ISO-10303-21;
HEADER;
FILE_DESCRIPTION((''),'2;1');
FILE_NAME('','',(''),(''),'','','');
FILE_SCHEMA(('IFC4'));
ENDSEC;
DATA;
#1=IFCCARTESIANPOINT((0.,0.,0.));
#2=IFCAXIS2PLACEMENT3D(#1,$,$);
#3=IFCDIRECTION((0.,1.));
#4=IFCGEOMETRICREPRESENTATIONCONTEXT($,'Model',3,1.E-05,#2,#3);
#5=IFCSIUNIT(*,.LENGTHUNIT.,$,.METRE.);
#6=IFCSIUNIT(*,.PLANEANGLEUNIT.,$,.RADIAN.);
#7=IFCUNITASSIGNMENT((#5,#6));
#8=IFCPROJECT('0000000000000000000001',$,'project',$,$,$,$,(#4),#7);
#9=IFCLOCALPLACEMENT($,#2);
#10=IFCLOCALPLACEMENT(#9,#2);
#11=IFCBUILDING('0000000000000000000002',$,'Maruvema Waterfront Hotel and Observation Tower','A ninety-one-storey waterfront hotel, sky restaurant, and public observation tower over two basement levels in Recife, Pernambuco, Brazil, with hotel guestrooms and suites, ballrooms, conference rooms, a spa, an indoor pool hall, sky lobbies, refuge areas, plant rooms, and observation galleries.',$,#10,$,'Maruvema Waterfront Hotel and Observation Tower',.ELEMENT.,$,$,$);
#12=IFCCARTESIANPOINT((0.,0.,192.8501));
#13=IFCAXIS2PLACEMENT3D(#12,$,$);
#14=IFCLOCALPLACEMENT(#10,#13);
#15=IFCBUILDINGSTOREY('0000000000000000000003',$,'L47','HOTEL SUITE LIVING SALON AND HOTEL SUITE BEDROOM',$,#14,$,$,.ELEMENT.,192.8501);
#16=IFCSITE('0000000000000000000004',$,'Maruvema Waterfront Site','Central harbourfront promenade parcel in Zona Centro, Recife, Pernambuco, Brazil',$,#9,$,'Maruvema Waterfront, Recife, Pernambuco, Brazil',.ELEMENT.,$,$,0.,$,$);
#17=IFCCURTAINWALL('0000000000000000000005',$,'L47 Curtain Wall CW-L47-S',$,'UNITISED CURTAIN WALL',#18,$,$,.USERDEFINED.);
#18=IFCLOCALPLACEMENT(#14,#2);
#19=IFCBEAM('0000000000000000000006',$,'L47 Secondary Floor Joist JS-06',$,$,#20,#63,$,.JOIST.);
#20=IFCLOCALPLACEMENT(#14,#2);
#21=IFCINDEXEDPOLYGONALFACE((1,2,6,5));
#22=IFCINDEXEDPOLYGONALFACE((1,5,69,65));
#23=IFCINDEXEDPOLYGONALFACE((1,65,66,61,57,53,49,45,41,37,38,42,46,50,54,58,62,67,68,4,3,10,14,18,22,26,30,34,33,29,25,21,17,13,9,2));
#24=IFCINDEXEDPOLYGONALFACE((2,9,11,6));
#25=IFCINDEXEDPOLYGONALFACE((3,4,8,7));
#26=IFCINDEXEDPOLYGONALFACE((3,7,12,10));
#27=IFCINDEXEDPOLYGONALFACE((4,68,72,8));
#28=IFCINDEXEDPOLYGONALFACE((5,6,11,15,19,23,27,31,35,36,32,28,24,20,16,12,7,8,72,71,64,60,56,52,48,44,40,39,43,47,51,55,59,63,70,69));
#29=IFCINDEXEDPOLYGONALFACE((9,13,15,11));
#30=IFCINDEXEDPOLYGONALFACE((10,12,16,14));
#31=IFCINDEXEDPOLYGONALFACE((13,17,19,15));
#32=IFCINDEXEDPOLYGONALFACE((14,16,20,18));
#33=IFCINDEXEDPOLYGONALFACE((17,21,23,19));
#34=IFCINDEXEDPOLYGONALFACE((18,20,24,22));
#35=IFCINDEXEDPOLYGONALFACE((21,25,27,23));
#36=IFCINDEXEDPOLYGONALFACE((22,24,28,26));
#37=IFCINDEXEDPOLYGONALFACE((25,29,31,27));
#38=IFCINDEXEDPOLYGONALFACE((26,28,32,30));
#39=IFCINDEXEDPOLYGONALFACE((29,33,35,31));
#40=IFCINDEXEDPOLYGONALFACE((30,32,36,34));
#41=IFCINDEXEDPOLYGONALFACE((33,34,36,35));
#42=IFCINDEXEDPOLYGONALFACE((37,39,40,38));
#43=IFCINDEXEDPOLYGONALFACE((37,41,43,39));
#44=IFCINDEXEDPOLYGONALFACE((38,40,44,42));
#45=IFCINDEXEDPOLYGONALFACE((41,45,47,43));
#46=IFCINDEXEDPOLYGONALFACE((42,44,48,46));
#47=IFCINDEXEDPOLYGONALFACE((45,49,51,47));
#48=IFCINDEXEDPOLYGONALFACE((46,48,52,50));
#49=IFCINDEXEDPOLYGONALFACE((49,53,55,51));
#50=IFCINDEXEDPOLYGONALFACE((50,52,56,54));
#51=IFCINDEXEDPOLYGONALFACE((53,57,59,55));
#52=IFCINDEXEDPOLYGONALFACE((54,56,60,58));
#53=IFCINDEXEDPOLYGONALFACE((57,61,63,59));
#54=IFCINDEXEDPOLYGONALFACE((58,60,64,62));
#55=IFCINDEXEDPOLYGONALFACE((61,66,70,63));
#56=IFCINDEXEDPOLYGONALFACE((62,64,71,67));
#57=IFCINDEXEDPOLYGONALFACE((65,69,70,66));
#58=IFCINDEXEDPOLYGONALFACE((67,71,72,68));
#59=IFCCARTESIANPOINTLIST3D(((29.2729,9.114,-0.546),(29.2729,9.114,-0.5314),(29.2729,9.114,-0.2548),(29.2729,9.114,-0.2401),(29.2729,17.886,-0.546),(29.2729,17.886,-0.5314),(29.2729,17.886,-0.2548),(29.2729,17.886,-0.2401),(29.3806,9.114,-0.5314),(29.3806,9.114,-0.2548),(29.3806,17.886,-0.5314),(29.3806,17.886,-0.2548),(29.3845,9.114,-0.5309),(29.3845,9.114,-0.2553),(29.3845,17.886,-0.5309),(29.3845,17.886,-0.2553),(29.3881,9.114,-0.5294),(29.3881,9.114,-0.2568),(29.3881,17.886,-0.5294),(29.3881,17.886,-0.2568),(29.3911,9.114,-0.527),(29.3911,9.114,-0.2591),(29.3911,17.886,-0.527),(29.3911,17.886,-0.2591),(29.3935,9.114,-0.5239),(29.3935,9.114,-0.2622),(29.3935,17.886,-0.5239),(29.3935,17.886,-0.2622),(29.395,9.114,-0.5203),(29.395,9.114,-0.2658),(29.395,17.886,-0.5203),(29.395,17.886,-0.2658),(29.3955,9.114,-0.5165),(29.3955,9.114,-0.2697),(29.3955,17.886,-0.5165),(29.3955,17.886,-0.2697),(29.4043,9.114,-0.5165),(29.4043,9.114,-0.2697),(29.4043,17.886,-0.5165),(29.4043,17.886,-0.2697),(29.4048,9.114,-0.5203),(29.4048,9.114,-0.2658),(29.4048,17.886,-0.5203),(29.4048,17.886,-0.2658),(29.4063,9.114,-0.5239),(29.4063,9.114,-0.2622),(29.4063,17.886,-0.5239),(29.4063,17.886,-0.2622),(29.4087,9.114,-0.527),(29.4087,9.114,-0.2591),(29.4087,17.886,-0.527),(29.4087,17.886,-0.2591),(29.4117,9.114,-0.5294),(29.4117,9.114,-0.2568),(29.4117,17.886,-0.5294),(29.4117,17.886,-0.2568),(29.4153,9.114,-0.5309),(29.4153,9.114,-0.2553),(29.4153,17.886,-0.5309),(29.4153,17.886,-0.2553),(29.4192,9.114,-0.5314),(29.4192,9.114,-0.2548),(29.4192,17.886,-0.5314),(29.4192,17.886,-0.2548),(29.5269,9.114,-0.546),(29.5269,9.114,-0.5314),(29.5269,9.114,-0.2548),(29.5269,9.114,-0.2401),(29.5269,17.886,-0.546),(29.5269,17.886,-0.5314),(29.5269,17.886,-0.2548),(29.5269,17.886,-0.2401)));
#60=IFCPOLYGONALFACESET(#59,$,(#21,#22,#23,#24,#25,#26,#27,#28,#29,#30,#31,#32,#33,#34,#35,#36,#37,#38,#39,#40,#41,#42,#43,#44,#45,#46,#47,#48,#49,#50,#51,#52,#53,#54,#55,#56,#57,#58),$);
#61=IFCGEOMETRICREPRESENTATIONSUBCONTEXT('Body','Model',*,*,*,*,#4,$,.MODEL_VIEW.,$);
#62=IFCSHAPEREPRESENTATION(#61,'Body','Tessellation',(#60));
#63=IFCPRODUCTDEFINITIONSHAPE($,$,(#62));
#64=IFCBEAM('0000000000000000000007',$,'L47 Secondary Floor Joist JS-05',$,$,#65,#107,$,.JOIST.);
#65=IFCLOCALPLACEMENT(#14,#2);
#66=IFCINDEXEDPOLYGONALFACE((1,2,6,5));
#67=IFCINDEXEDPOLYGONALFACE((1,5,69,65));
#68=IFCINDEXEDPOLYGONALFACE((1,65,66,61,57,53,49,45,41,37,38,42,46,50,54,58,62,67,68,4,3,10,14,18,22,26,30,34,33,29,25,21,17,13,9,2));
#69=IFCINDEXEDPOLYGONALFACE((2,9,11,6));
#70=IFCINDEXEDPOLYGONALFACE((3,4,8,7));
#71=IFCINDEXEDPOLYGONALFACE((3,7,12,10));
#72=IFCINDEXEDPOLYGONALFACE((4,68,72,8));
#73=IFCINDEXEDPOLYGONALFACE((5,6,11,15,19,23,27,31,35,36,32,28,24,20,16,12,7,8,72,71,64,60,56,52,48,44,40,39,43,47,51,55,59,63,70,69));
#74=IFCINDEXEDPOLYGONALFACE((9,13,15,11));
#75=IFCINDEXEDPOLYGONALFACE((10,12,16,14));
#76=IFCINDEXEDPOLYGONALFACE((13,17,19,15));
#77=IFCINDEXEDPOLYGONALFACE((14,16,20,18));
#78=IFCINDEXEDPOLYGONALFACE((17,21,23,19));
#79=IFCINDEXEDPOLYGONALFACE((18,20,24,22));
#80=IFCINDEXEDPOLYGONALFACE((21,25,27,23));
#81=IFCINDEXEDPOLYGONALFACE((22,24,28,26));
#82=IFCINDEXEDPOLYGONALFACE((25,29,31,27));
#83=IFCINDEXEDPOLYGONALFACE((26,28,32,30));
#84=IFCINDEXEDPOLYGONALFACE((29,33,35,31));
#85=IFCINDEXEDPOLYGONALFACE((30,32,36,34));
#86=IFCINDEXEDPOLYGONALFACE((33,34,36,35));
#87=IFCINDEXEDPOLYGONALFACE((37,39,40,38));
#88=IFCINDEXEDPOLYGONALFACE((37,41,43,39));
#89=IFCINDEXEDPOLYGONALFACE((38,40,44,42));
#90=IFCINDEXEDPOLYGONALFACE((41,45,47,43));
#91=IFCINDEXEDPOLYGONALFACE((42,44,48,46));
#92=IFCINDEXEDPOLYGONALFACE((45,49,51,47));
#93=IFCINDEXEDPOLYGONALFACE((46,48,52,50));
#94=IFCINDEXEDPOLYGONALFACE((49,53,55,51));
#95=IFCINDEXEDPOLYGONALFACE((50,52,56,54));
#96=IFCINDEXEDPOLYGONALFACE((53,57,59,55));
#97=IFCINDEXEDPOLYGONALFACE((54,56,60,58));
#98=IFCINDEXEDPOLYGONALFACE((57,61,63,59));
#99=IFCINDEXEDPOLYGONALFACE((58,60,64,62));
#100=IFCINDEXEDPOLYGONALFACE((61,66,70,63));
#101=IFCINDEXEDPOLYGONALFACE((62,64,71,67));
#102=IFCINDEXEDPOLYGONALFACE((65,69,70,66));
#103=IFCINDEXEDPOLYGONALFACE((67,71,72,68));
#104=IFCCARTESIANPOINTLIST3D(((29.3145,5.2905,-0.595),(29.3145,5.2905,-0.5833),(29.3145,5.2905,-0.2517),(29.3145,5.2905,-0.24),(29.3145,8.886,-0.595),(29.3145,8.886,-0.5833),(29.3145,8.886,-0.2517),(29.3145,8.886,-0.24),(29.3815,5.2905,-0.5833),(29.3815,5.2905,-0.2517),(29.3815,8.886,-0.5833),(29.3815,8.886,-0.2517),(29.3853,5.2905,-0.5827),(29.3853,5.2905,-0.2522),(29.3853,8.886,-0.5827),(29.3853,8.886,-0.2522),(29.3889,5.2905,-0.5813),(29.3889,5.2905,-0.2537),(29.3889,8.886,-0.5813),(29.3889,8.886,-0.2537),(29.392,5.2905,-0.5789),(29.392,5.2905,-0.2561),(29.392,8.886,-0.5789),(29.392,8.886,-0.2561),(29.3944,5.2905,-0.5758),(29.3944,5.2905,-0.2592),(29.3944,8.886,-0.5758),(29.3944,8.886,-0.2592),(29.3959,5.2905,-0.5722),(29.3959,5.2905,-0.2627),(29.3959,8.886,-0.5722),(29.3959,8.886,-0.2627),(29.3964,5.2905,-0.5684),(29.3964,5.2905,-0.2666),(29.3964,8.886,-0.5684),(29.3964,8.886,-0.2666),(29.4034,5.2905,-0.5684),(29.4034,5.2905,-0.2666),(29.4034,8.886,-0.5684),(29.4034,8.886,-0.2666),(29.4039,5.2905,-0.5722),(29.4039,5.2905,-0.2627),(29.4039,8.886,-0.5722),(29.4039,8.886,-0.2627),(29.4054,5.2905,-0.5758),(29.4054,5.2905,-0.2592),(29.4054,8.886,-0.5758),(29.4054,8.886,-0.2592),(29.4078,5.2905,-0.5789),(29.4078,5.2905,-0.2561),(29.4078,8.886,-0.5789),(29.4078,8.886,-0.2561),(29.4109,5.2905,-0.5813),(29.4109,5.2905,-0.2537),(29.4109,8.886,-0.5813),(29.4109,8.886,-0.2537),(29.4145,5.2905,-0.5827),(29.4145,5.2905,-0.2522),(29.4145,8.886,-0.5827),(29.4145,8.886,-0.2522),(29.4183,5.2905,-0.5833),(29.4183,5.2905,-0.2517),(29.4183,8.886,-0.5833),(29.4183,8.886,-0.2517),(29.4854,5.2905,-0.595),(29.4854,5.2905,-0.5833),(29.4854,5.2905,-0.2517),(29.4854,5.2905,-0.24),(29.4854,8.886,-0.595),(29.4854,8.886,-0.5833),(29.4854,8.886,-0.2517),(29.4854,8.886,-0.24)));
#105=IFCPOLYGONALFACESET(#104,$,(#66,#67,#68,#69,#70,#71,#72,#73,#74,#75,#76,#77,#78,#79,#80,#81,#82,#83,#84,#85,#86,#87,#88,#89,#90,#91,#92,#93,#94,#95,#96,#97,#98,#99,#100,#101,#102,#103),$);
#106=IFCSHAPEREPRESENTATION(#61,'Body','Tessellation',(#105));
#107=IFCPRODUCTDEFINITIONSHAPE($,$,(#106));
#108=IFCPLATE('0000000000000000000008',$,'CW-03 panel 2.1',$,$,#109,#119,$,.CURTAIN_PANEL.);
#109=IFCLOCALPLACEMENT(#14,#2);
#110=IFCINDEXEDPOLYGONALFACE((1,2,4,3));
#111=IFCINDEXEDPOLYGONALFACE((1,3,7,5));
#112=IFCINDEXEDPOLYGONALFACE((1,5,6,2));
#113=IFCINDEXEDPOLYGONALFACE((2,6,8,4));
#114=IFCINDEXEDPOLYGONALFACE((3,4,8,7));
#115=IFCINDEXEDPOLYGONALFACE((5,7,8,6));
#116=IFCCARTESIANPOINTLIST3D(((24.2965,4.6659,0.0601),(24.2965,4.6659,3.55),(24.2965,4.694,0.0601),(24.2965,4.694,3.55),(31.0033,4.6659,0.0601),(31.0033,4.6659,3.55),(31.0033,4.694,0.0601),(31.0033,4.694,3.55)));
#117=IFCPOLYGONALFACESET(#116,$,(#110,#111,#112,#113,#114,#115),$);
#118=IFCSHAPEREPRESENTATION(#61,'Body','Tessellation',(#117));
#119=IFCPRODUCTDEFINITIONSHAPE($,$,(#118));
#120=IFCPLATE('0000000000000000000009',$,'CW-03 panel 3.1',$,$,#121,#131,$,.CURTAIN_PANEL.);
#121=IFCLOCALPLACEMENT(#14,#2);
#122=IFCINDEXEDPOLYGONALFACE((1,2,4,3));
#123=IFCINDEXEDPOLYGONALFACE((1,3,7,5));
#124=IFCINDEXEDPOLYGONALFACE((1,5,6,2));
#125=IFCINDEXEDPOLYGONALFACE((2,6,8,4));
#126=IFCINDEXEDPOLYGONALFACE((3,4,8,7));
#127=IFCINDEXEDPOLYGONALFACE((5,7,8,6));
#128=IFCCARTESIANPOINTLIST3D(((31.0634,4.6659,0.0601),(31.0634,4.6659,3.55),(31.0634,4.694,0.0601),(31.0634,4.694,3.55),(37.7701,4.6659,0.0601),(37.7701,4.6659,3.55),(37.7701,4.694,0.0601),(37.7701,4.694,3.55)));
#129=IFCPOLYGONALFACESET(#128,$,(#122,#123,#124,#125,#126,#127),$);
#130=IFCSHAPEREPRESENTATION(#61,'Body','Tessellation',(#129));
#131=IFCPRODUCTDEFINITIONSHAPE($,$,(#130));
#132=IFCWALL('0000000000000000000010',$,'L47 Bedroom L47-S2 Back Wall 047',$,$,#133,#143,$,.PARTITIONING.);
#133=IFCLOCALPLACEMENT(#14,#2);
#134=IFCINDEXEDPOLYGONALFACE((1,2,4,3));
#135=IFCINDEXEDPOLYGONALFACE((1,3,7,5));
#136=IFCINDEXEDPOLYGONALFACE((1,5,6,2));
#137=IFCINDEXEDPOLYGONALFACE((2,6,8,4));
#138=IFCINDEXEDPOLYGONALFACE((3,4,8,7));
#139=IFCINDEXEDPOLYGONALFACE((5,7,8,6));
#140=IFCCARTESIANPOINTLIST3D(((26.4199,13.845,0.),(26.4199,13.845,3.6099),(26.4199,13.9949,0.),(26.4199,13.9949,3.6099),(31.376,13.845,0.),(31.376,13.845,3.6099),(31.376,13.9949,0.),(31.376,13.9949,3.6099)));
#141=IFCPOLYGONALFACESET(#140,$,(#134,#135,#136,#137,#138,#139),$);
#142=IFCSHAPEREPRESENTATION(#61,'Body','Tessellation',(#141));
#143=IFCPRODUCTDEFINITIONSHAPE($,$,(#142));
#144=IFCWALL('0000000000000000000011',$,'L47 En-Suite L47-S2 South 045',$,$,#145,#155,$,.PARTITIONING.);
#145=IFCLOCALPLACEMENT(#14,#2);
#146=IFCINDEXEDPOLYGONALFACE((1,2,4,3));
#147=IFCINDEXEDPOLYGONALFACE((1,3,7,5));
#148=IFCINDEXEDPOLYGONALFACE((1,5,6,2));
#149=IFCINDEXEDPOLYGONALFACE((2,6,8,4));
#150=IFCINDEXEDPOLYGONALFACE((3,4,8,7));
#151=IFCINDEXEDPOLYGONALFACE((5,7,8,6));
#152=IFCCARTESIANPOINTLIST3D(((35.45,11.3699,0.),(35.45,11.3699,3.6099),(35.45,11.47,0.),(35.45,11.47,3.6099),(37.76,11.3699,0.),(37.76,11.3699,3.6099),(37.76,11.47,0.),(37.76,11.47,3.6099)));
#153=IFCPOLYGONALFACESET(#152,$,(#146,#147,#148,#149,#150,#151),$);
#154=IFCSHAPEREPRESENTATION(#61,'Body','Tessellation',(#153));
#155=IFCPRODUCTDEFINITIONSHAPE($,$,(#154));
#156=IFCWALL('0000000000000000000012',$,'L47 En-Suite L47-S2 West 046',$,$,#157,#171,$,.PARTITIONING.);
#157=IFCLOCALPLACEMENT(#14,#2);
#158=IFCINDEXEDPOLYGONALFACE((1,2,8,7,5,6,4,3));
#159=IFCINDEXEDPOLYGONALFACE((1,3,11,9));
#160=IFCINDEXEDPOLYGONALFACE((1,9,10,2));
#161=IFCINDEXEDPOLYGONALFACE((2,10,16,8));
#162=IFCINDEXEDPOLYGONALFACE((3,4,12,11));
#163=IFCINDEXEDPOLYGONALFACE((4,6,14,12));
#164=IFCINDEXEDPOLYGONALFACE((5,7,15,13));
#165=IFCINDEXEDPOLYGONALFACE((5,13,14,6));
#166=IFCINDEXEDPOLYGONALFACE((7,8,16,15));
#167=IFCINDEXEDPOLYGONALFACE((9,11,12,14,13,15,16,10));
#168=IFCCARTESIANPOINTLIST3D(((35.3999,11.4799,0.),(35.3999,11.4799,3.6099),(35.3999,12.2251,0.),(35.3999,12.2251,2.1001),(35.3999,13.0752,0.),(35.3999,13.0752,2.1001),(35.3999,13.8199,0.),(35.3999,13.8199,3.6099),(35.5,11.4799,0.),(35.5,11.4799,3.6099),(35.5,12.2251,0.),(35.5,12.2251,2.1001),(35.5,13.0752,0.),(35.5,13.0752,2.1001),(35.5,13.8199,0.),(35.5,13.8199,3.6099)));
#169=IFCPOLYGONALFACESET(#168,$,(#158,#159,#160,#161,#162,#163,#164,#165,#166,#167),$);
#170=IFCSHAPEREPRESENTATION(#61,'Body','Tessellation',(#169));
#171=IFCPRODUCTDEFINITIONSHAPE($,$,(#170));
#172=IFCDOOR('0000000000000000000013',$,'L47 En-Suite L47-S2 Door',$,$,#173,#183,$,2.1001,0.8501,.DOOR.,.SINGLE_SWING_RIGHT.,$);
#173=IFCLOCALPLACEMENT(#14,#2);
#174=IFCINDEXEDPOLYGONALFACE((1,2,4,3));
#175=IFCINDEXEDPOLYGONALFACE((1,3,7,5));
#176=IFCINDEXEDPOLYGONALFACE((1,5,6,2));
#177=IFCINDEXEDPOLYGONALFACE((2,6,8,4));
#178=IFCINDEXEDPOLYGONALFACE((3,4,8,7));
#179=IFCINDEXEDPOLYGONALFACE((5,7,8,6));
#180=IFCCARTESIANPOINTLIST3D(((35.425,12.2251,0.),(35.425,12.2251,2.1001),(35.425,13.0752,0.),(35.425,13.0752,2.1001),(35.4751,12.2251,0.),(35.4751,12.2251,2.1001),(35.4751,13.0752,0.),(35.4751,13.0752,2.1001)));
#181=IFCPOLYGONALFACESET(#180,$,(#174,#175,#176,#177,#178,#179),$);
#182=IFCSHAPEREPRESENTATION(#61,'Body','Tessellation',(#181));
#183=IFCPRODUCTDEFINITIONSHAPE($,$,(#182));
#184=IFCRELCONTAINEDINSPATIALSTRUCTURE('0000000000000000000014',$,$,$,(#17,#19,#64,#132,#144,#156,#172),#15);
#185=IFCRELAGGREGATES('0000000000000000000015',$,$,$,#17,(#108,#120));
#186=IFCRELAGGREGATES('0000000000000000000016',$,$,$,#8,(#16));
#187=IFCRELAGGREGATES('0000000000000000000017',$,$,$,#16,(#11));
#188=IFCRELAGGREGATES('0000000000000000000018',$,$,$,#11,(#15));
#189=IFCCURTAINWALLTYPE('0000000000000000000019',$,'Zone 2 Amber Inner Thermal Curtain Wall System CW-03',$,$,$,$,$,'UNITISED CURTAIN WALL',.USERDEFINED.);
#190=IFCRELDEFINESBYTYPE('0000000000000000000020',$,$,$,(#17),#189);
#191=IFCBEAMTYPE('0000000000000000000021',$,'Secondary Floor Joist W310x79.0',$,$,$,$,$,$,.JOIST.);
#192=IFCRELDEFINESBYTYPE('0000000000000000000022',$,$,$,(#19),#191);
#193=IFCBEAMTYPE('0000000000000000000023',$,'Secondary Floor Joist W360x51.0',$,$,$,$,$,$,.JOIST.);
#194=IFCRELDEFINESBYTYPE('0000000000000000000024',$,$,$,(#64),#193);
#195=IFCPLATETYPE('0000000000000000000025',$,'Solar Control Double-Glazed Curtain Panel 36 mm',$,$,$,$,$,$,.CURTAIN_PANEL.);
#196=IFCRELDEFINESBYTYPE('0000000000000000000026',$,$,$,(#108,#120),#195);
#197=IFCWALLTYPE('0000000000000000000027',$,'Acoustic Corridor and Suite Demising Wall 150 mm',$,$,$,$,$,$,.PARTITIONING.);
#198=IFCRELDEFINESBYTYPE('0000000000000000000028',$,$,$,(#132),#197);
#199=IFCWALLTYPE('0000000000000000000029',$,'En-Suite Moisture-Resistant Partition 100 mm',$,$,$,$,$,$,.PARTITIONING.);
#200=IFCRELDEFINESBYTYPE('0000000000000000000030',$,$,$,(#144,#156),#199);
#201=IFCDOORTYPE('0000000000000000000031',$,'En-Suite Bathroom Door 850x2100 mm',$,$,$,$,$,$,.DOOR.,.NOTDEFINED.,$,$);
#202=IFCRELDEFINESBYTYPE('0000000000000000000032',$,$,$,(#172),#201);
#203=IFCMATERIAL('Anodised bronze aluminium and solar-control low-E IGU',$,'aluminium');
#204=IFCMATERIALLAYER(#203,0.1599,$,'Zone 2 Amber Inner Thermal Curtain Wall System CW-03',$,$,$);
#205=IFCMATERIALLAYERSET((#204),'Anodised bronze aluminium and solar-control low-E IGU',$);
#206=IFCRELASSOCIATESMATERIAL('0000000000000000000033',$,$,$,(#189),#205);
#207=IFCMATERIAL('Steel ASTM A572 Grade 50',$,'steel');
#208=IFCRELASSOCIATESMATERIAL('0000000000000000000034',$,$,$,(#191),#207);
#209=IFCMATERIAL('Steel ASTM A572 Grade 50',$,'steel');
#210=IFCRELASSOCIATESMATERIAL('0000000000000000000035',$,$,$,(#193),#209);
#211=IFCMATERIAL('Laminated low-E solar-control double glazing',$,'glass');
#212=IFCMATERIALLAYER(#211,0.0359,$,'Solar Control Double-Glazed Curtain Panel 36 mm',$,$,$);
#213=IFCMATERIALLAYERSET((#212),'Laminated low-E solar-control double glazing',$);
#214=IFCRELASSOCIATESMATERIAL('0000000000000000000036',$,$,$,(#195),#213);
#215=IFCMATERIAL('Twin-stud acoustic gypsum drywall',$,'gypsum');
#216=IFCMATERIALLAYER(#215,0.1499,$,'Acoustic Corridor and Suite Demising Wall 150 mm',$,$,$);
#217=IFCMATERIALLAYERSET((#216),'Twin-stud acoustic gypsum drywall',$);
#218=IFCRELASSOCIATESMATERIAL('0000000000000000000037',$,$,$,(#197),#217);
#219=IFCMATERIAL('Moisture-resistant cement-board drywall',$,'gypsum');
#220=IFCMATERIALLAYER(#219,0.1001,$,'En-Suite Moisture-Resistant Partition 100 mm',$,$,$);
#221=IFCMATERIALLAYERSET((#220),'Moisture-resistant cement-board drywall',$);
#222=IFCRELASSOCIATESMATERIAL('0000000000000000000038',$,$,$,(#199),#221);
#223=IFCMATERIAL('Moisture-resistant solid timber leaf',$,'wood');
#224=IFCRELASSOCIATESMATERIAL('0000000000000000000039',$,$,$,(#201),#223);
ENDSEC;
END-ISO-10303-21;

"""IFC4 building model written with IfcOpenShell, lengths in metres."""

from ifc_helpers import new_model, si_unit, direction, frame, frame_2d, origin, origin_2d, place, context, subcontext, project, spatial, rectangle, i_section, extrude, material, layer, layer_set, material_profile, profile_set, type_object, element, fill, aggregate, save


model = new_model("IFC4")

# Units and contexts
model_context = context("Model", 3, precision=1e-05, world=origin(), true_north=direction((0.0, 1.0)))
body_context = subcontext(model_context, "Body", "Model", "MODEL_VIEW")
ifc_project = project(units=[si_unit("LENGTHUNIT", "METRE"), si_unit("PLANEANGLEUNIT", "RADIAN")], contexts=[model_context])

# Site, building, storey
site_placement = place(None, origin())
site = spatial("IfcSite", under=ifc_project, at=site_placement, Name="Maruvema Waterfront Site", Description="Central harbourfront promenade parcel in Zona Centro, Recife, Pernambuco, Brazil", LongName="Maruvema Waterfront, Recife, Pernambuco, Brazil", CompositionType="ELEMENT", RefElevation=0.0)
building_placement = place(site_placement, origin())
building = spatial("IfcBuilding", under=site, at=building_placement, Name="Maruvema Waterfront Hotel and Observation Tower", Description="A ninety-one-storey waterfront hotel, sky restaurant, and public observation tower over two basement levels in Recife, Pernambuco, Brazil, with hotel guestrooms and suites, ballrooms, conference rooms, a spa, an indoor pool hall, sky lobbies, refuge areas, plant rooms, and observation galleries.", LongName="Maruvema Waterfront Hotel and Observation Tower", CompositionType="ELEMENT")
storey_placement = place(building_placement, frame((0.0, 0.0, 192.8501)))
storey = spatial("IfcBuildingStorey", under=building, at=storey_placement, Name="L47", Description="HOTEL SUITE LIVING SALON AND HOTEL SUITE BEDROOM", CompositionType="ELEMENT", Elevation=192.8501)

# Curtain wall
ifc_material_1 = material(Name="Anodised bronze aluminium and solar-control low-E IGU", Category="aluminium")
ifc_layer_1 = layer(ifc_material_1, 0.1599, Name="Zone 2 Amber Inner Thermal Curtain Wall System CW-03")
ifc_layer_set_1 = layer_set([ifc_layer_1], Name="Anodised bronze aluminium and solar-control low-E IGU")
curtain_wall_type = type_object("IfcCurtainWallType", Name="Zone 2 Amber Inner Thermal Curtain Wall System CW-03", ElementType="UNITISED CURTAIN WALL", PredefinedType="USERDEFINED", material=ifc_layer_set_1)
curtain_wall_placement = place(storey_placement, origin())
curtain_wall = element("IfcCurtainWall", 1, at=curtain_wall_placement, inside=storey, type_object=curtain_wall_type, Name="L47 Curtain Wall CW-L47-S", ObjectType="UNITISED CURTAIN WALL", PredefinedType="USERDEFINED")

# Beams
ifc_material_2 = material(Name="Steel ASTM A572 Grade 50", Category="steel")
ifc_material_profile_1 = material_profile(ifc_material_2, i_section(OverallWidth=0.2539, OverallDepth=0.3059, WebThickness=0.0088, FlangeThickness=0.0146, FilletRadius=0.0149, at=origin_2d()), Name="W310x79.0")
ifc_profile_set_1 = profile_set([ifc_material_profile_1], Name="Steel ASTM A572 Grade 50")
beam_type_1 = type_object("IfcBeamType", Name="Secondary Floor Joist W310x79.0", PredefinedType="JOIST", material=ifc_profile_set_1)
beam_1_placement = place(storey_placement, frame((29.3999, 9.114, -0.3931), z_axis=(0.0, 1.0, 0.0), x_axis=(-1.0, 0.0, 0.0)))
element("IfcBeam", 2, at=beam_1_placement, inside=storey, type_object=beam_type_1, Name="L47 Secondary Floor Joist JS-06", PredefinedType="JOIST", context=body_context, shape_type="SweptSolid", body=[
    extrude(i_section(OverallWidth=0.2539, OverallDepth=0.3059, WebThickness=0.0088, FlangeThickness=0.0146, FilletRadius=0.0149, at=origin_2d()), origin(), (0.0, 0.0, 1.0), 8.772),
])
ifc_material_3 = material(Name="Steel ASTM A572 Grade 50", Category="steel")
ifc_material_profile_2 = material_profile(ifc_material_3, i_section(OverallWidth=0.1709, OverallDepth=0.355, WebThickness=0.0071, FlangeThickness=0.0117, FilletRadius=0.0149, at=origin_2d()), Name="W360x51.0")
ifc_profile_set_2 = profile_set([ifc_material_profile_2], Name="Steel ASTM A572 Grade 50")
beam_type_2 = type_object("IfcBeamType", Name="Secondary Floor Joist W360x51.0", PredefinedType="JOIST", material=ifc_profile_set_2)
beam_2_placement = place(storey_placement, frame((29.3999, 5.2905, -0.4175), z_axis=(0.0, 1.0, 0.0), x_axis=(-1.0, 0.0, 0.0)))
element("IfcBeam", 3, at=beam_2_placement, inside=storey, type_object=beam_type_2, Name="L47 Secondary Floor Joist JS-05", PredefinedType="JOIST", context=body_context, shape_type="SweptSolid", body=[
    extrude(i_section(OverallWidth=0.1709, OverallDepth=0.355, WebThickness=0.0071, FlangeThickness=0.0117, FilletRadius=0.0149, at=origin_2d()), origin(), (0.0, 0.0, 1.0), 3.5955),
])

# Plates
ifc_material_4 = material(Name="Laminated low-E solar-control double glazing", Category="glass")
ifc_layer_2 = layer(ifc_material_4, 0.0359, Name="Solar Control Double-Glazed Curtain Panel 36 mm")
ifc_layer_set_2 = layer_set([ifc_layer_2], Name="Laminated low-E solar-control double glazing")
plate_type = type_object("IfcPlateType", Name="Solar Control Double-Glazed Curtain Panel 36 mm", PredefinedType="CURTAIN_PANEL", material=ifc_layer_set_2)
plate_1_placement = place(storey_placement, frame((27.6499, 4.6799, 0.0601), z_axis=(0.0, 0.0, 1.0), x_axis=(1.0, 0.0, 0.0)))
plate_1 = element("IfcPlate", 4, at=plate_1_placement, type_object=plate_type, Name="CW-03 panel 2.1", PredefinedType="CURTAIN_PANEL", context=body_context, shape_type="SweptSolid", body=[
    extrude(rectangle(XDim=6.7068, YDim=0.0281, at=origin_2d()), origin(), (0.0, 0.0, 1.0), 3.49),
])
plate_2_placement = place(storey_placement, frame((34.4167, 4.6799, 0.0601), z_axis=(0.0, 0.0, 1.0), x_axis=(1.0, 0.0, 0.0)))
plate_2 = element("IfcPlate", 5, at=plate_2_placement, type_object=plate_type, Name="CW-03 panel 3.1", PredefinedType="CURTAIN_PANEL", context=body_context, shape_type="SweptSolid", body=[
    extrude(rectangle(XDim=6.7068, YDim=0.0281, at=origin_2d()), origin(), (0.0, 0.0, 1.0), 3.49),
])
aggregate(curtain_wall, [plate_1, plate_2])

# Walls
ifc_material_5 = material(Name="Twin-stud acoustic gypsum drywall", Category="gypsum")
ifc_layer_3 = layer(ifc_material_5, 0.1499, Name="Acoustic Corridor and Suite Demising Wall 150 mm")
ifc_layer_set_3 = layer_set([ifc_layer_3], Name="Twin-stud acoustic gypsum drywall")
wall_type_1 = type_object("IfcWallType", Name="Acoustic Corridor and Suite Demising Wall 150 mm", PredefinedType="PARTITIONING", material=ifc_layer_set_3)
wall_1_placement = place(storey_placement, frame((26.4199, 13.9199, 0.0), z_axis=(0.0, 0.0, 1.0), x_axis=(1.0, 0.0, 0.0)))
element("IfcWall", 6, at=wall_1_placement, inside=storey, type_object=wall_type_1, Name="L47 Bedroom L47-S2 Back Wall 047", PredefinedType="PARTITIONING", context=body_context, shape_type="SweptSolid", body=[
    extrude(rectangle(XDim=4.9561, YDim=0.1499, at=frame_2d((2.478, 0.0))), origin(), (0.0, 0.0, 1.0), 3.6099),
])
ifc_material_6 = material(Name="Moisture-resistant cement-board drywall", Category="gypsum")
ifc_layer_4 = layer(ifc_material_6, 0.1001, Name="En-Suite Moisture-Resistant Partition 100 mm")
ifc_layer_set_4 = layer_set([ifc_layer_4], Name="Moisture-resistant cement-board drywall")
wall_type_2 = type_object("IfcWallType", Name="En-Suite Moisture-Resistant Partition 100 mm", PredefinedType="PARTITIONING", material=ifc_layer_set_4)
wall_2_placement = place(storey_placement, frame((35.45, 11.4199, 0.0), z_axis=(0.0, 0.0, 1.0), x_axis=(1.0, 0.0, 0.0)))
element("IfcWall", 7, at=wall_2_placement, inside=storey, type_object=wall_type_2, Name="L47 En-Suite L47-S2 South 045", PredefinedType="PARTITIONING", context=body_context, shape_type="SweptSolid", body=[
    extrude(rectangle(XDim=2.3101, YDim=0.1001, at=frame_2d((1.155, 0.0))), origin(), (0.0, 0.0, 1.0), 3.6099),
])

# Wall, opening, door
wall_3_placement = place(storey_placement, frame((35.45, 11.48, 0.0), z_axis=(0.0, 0.0, 1.0), x_axis=(0.0, 1.0, 0.0)))
wall_3 = element("IfcWall", 8, at=wall_3_placement, inside=storey, type_object=wall_type_2, Name="L47 En-Suite L47-S2 West 046", PredefinedType="PARTITIONING", context=body_context, shape_type="SweptSolid", body=[
    extrude(rectangle(XDim=2.3401, YDim=0.1001, at=frame_2d((1.1699, 0.0))), origin(), (0.0, 0.0, 1.0), 3.6099),
])
opening_1_placement = place(wall_3_placement, frame((0.7451, 0.0, 0.0)))
opening_1 = element("IfcOpeningElement", 9, at=opening_1_placement, cuts=wall_3, PredefinedType="OPENING", context=body_context, shape_type="SweptSolid", body=[
    extrude(rectangle(XDim=0.8501, YDim=2.1001, at=frame_2d((0.425, 1.05))), frame((0.0, 0.0601, 0.0), z_axis=(0.0, -1.0, 0.0), x_axis=(1.0, 0.0, 0.0)), (0.0, 0.0, 1.0), 0.1201),
])
ifc_material_7 = material(Name="Moisture-resistant solid timber leaf", Category="wood")
door_type_1 = type_object("IfcDoorType", Name="En-Suite Bathroom Door 850x2100 mm", OperationType="NOTDEFINED", PredefinedType="DOOR", material=ifc_material_7)
door_1_placement = place(opening_1_placement, origin())
door_1 = element("IfcDoor", 10, at=door_1_placement, inside=storey, type_object=door_type_1, Name="L47 En-Suite L47-S2 Door", OperationType="SINGLE_SWING_RIGHT", OverallHeight=2.1001, OverallWidth=0.8501, PredefinedType="DOOR", context=body_context, shape_type="SweptSolid", body=[
    extrude(rectangle(XDim=0.8501, YDim=2.1001, at=frame_2d((0.425, 1.05))), frame((0.0, 0.0249, 0.0), z_axis=(0.0, -1.0, 0.0), x_axis=(1.0, 0.0, 0.0)), (0.0, 0.0, 1.0), 0.05),
])
fill(opening_1, door_1)

save(model, "model.ifc")
